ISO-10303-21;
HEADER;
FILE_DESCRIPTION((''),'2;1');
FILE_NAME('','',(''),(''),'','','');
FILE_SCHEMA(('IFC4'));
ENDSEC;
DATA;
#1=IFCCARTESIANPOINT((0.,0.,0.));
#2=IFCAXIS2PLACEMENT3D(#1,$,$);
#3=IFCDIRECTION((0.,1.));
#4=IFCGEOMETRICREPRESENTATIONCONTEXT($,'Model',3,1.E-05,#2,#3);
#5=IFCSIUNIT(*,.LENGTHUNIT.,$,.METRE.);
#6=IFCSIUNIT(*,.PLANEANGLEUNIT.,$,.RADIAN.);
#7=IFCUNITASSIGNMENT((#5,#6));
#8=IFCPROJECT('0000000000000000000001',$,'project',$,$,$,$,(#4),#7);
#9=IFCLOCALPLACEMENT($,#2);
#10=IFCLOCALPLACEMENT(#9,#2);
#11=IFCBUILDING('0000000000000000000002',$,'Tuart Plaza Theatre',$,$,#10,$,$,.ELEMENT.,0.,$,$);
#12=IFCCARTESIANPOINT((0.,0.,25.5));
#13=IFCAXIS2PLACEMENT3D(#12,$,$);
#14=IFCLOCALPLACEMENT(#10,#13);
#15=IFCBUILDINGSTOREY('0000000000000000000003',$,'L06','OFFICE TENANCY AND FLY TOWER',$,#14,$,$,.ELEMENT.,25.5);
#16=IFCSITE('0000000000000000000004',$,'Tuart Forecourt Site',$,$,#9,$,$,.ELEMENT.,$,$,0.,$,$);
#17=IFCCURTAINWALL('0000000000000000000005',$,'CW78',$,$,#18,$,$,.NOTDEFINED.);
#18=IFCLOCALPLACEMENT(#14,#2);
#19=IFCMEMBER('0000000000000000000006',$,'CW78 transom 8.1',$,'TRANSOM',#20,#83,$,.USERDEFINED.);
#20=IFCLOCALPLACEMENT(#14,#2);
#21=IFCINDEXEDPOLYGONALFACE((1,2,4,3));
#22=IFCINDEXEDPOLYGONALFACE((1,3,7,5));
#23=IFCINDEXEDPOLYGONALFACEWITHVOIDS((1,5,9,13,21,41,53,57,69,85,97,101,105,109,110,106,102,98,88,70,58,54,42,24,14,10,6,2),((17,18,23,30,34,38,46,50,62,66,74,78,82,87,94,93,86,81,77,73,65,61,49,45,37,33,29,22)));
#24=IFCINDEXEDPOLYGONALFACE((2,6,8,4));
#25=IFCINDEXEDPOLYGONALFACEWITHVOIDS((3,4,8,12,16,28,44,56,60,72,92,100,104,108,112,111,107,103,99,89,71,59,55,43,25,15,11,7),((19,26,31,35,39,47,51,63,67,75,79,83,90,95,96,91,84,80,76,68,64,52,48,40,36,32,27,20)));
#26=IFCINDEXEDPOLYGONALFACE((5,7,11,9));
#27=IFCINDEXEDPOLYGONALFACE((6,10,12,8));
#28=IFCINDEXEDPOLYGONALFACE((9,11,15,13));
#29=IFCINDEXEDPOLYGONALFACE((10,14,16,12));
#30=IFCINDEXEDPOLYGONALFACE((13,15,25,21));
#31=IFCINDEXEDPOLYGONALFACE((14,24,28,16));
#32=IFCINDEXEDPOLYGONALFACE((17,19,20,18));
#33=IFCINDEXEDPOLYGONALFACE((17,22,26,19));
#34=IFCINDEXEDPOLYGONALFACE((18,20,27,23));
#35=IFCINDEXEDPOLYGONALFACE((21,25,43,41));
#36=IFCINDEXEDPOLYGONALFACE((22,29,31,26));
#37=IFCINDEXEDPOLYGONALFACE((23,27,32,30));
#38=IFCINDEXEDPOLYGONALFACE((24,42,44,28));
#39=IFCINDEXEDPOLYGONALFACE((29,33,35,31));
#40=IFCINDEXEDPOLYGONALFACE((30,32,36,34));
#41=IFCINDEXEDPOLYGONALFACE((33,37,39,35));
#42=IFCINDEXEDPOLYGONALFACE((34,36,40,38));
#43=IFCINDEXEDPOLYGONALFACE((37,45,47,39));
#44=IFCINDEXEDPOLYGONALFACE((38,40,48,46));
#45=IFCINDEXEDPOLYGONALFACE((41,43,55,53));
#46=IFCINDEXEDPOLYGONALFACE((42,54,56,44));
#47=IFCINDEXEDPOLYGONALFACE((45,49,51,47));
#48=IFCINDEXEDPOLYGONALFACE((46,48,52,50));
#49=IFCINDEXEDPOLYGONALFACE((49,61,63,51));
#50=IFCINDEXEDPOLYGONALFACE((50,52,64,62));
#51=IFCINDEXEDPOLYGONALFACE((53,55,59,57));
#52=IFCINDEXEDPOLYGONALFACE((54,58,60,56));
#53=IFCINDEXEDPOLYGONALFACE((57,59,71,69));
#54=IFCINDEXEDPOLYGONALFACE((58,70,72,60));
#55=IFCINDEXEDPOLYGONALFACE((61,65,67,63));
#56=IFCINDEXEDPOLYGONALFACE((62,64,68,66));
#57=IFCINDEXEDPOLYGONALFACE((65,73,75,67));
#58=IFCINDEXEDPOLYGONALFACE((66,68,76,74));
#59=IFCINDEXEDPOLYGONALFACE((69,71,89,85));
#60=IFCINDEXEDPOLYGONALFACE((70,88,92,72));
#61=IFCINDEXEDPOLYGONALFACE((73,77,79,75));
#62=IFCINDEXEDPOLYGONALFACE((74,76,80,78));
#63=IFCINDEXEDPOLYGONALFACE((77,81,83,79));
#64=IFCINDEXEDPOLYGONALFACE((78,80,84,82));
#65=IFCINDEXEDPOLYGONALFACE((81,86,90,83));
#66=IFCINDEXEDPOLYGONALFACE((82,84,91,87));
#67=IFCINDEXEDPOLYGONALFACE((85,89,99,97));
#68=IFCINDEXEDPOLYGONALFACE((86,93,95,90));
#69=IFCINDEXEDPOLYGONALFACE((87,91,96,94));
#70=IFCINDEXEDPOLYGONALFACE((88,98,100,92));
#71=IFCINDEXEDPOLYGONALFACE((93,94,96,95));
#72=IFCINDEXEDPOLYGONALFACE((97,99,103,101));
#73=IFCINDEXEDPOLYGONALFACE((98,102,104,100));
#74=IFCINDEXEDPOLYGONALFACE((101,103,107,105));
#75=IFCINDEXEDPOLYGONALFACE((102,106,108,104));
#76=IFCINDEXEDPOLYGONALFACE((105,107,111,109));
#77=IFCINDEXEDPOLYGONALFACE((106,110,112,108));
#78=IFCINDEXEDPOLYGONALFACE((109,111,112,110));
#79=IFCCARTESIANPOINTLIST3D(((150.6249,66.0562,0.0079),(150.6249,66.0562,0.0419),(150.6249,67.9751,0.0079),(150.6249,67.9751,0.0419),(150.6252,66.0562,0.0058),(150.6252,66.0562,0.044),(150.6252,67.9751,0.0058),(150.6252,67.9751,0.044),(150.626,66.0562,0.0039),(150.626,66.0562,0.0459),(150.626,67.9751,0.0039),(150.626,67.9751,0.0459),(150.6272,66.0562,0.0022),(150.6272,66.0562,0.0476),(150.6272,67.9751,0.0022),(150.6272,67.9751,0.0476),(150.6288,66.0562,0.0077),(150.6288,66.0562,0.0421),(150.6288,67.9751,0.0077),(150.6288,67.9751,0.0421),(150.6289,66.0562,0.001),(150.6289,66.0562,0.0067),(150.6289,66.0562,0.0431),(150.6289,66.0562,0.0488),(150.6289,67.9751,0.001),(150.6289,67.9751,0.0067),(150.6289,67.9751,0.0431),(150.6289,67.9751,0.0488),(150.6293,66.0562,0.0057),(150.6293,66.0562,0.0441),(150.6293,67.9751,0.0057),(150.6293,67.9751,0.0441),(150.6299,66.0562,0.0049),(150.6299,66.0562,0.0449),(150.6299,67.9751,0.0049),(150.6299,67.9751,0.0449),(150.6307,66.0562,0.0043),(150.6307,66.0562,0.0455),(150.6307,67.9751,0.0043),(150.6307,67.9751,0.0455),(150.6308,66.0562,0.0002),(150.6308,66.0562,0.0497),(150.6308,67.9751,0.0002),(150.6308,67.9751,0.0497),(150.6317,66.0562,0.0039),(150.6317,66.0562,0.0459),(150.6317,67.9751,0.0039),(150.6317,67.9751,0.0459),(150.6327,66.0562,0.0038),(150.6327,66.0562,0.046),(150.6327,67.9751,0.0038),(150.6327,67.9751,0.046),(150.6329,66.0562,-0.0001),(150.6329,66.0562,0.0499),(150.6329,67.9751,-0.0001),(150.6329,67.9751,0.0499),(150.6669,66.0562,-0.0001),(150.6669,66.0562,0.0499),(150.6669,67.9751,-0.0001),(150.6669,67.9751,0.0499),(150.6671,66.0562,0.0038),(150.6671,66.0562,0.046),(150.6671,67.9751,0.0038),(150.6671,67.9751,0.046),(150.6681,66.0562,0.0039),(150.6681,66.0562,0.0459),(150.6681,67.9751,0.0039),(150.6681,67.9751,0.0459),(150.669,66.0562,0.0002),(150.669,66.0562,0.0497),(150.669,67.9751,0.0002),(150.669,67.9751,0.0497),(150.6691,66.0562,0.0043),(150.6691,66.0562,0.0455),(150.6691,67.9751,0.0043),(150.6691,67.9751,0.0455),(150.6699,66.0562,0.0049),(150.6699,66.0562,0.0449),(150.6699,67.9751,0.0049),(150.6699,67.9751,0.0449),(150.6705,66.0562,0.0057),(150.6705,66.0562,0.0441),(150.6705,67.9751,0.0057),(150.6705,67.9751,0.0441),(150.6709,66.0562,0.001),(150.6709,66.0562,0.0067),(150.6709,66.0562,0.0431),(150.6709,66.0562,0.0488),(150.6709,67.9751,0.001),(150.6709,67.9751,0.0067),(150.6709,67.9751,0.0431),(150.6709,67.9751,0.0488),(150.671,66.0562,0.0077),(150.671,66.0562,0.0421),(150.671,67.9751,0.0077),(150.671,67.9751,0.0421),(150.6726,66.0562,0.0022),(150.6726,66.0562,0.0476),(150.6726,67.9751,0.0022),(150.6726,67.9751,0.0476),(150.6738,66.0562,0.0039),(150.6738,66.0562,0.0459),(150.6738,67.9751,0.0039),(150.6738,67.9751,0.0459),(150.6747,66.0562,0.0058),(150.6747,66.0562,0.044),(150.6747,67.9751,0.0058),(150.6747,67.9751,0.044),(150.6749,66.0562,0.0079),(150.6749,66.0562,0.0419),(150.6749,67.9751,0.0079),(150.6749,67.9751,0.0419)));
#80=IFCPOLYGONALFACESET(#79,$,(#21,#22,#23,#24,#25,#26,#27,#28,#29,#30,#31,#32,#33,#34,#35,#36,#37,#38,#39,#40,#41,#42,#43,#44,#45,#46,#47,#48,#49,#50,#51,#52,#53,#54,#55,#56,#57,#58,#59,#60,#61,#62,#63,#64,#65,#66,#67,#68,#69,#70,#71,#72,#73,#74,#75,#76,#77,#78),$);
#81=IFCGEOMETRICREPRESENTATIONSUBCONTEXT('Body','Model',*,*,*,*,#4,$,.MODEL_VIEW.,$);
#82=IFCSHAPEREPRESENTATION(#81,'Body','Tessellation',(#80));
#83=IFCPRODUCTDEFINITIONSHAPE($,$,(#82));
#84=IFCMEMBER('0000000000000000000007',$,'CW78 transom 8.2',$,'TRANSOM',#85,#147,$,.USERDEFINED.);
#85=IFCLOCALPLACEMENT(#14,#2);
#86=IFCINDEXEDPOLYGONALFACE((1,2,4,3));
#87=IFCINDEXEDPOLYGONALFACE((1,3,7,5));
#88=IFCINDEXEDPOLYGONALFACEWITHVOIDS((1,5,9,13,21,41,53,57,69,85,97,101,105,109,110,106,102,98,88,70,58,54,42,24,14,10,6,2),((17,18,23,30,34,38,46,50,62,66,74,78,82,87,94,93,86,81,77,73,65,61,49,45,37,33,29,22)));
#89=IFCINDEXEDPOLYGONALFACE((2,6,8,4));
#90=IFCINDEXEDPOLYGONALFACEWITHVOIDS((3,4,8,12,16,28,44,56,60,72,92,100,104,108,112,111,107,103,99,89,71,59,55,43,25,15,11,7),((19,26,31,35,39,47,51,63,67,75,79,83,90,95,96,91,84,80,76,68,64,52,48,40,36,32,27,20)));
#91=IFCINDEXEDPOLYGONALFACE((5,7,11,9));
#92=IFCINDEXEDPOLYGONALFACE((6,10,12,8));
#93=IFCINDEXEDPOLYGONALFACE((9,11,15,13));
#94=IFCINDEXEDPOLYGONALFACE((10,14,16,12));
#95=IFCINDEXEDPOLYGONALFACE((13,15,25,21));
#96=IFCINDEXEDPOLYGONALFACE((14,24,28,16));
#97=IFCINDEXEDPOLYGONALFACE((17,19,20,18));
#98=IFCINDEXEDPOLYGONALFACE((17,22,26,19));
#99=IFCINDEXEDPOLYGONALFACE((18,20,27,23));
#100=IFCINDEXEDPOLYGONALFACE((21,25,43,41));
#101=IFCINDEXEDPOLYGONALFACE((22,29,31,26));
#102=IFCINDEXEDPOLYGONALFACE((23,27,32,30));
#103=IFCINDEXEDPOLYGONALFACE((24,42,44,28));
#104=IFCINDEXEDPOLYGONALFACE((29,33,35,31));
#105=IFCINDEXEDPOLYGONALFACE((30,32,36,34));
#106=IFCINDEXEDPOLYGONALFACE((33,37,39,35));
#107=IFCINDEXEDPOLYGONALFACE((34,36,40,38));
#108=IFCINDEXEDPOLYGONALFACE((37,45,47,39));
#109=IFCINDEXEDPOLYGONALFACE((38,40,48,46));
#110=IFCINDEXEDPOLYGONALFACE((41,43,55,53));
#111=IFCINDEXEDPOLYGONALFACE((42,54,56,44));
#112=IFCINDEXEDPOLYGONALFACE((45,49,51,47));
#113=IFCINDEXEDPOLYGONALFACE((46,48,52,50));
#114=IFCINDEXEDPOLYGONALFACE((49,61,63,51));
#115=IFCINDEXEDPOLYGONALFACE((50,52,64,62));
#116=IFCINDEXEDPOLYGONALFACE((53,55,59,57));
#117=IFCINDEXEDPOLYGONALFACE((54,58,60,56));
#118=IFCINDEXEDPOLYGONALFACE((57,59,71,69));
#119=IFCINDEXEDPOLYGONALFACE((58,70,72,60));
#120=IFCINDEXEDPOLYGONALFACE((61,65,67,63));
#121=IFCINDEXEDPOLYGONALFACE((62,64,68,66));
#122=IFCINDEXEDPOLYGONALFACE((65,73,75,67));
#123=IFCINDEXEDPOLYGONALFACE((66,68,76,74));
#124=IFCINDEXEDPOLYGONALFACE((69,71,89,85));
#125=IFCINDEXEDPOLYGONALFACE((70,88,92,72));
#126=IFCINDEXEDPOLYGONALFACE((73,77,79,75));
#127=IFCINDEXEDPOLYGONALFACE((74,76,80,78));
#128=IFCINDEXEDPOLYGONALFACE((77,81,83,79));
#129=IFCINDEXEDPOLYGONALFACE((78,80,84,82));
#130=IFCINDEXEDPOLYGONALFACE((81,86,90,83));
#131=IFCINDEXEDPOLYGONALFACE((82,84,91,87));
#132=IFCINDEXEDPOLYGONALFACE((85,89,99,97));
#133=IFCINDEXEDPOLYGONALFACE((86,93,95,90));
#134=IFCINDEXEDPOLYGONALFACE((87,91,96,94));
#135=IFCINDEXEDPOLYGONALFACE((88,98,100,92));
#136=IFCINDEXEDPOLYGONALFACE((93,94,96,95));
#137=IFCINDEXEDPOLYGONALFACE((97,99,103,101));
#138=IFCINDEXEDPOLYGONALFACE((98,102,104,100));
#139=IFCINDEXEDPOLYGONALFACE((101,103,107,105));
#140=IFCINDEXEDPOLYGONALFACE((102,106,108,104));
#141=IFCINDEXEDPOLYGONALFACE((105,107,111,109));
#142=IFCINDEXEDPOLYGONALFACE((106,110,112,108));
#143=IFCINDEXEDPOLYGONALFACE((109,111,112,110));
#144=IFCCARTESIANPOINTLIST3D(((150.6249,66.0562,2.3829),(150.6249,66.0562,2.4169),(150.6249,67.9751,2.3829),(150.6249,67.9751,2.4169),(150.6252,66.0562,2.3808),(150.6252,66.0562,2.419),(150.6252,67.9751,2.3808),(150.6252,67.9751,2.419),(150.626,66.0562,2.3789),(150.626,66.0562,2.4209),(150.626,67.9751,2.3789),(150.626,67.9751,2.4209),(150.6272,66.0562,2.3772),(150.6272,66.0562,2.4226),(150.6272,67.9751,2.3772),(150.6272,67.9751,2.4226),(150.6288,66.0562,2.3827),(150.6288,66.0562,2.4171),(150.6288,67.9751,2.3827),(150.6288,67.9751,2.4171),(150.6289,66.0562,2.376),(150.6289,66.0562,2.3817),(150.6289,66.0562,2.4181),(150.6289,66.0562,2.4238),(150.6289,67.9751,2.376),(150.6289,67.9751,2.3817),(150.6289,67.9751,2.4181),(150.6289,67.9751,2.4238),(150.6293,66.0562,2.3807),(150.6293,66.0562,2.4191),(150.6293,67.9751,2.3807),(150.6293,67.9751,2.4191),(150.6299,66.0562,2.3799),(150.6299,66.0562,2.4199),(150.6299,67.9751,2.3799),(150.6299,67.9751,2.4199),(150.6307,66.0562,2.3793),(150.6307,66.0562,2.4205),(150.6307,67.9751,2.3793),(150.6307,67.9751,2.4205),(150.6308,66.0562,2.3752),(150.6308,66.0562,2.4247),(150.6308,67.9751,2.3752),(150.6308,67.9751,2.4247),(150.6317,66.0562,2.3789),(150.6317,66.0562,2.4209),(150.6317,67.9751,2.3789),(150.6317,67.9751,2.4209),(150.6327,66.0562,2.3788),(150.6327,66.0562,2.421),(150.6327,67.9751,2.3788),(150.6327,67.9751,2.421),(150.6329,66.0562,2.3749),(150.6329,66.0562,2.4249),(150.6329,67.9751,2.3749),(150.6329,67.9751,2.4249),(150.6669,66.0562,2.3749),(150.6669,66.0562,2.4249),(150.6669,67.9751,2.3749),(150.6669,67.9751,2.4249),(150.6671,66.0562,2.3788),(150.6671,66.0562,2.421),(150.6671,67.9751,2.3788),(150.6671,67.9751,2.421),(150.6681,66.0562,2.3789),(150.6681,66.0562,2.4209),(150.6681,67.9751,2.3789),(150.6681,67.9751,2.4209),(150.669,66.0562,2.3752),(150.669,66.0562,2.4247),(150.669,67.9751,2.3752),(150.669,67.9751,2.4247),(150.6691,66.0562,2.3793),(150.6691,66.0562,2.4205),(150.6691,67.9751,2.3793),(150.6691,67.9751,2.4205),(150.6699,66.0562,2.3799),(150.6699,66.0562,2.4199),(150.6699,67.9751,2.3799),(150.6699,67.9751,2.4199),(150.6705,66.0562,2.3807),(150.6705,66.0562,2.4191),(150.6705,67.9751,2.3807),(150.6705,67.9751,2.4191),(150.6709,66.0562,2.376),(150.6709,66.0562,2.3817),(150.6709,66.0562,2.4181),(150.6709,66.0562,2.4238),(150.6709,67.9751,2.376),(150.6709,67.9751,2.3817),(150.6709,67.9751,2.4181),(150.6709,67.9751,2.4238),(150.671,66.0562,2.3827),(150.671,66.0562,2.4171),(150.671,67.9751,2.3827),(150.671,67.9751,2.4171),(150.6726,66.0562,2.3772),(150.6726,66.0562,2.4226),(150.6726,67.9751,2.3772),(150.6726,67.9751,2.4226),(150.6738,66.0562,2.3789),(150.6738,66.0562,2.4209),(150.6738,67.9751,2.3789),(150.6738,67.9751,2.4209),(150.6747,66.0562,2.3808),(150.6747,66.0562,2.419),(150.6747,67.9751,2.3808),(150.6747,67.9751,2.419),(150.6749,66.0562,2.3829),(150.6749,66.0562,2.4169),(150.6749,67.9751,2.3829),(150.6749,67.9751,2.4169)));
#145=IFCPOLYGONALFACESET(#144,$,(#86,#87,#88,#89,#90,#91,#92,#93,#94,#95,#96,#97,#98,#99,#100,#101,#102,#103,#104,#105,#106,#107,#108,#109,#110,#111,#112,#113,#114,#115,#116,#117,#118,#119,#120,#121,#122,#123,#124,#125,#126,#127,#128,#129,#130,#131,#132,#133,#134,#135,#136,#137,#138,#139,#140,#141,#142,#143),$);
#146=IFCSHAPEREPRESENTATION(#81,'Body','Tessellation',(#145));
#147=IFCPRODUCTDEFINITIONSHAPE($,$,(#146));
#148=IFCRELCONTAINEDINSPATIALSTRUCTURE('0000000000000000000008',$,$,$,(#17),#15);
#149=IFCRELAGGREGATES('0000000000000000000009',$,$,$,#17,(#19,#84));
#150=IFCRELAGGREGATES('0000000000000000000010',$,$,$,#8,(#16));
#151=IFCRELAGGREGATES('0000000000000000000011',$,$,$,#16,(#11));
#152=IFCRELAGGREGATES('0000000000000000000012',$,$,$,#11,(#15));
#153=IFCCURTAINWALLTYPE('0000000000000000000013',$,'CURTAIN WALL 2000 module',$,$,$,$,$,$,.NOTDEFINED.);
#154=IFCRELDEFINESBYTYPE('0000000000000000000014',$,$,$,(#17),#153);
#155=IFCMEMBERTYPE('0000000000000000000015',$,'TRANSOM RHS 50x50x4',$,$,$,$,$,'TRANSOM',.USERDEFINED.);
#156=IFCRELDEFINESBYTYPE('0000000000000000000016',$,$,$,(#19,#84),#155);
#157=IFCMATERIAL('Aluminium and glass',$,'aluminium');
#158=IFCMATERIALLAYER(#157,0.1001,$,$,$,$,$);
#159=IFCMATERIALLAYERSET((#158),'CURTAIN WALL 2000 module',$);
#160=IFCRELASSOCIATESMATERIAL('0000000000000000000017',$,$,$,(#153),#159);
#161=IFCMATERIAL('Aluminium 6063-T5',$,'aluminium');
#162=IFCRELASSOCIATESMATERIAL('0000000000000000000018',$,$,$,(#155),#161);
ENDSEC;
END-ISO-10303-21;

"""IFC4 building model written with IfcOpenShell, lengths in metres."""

from ifc_helpers import new_model, si_unit, direction, frame, origin, origin_2d, place, context, subcontext, project, spatial, hollow_rectangle, extrude, material, layer, layer_set, material_profile, profile_set, type_object, element, aggregate, save


model = new_model("IFC4")

# Units and contexts
model_context = context("Model", 3, precision=1e-05, world=origin(), true_north=direction((0.0, 1.0)))
body_context = subcontext(model_context, "Body", "Model", "MODEL_VIEW")
ifc_project = project(units=[si_unit("LENGTHUNIT", "METRE"), si_unit("PLANEANGLEUNIT", "RADIAN")], contexts=[model_context])

# Site, building, storey
site_placement = place(None, origin())
site = spatial("IfcSite", under=ifc_project, at=site_placement, Name="Tuart Forecourt Site", CompositionType="ELEMENT", RefElevation=0.0)
building_placement = place(site_placement, origin())
building = spatial("IfcBuilding", under=site, at=building_placement, Name="Tuart Plaza Theatre", CompositionType="ELEMENT", ElevationOfRefHeight=0.0)
storey_placement = place(building_placement, frame((0.0, 0.0, 25.5)))
storey = spatial("IfcBuildingStorey", under=building, at=storey_placement, Name="L06", Description="OFFICE TENANCY AND FLY TOWER", CompositionType="ELEMENT", Elevation=25.5)

# Curtain wall, members
ifc_material_1 = material(Name="Aluminium and glass", Category="aluminium")
ifc_layer_1 = layer(ifc_material_1, 0.1001)
ifc_layer_set_1 = layer_set([ifc_layer_1], Name="CURTAIN WALL 2000 module")
curtain_wall_type = type_object("IfcCurtainWallType", Name="CURTAIN WALL 2000 module", PredefinedType="NOTDEFINED", material=ifc_layer_set_1)
curtain_wall_placement = place(storey_placement, origin())
curtain_wall = element("IfcCurtainWall", 1, at=curtain_wall_placement, inside=storey, type_object=curtain_wall_type, Name="CW78", PredefinedType="NOTDEFINED")
ifc_material_2 = material(Name="Aluminium 6063-T5", Category="aluminium")
ifc_material_profile_1 = material_profile(ifc_material_2, hollow_rectangle(XDim=0.05, YDim=0.05, WallThickness=0.0039, InnerFilletRadius=0.0039, OuterFilletRadius=0.0081, at=origin_2d()), Name="RHS 50x50x4")
ifc_profile_set_1 = profile_set([ifc_material_profile_1], Name="Aluminium 6063-T5")
member_type_1 = type_object("IfcMemberType", Name="TRANSOM RHS 50x50x4", ElementType="TRANSOM", PredefinedType="USERDEFINED", material=ifc_profile_set_1)
member_1_placement = place(storey_placement, frame((150.6499, 66.0562, 0.0249), z_axis=(0.0, 1.0, 0.0), x_axis=(-1.0, 0.0, 0.0)))
member_1 = element("IfcMember", 2, at=member_1_placement, type_object=member_type_1, Name="CW78 transom 8.1", ObjectType="TRANSOM", PredefinedType="USERDEFINED", context=body_context, shape_type="SweptSolid", body=[
    extrude(hollow_rectangle(XDim=0.05, YDim=0.05, WallThickness=0.0039, InnerFilletRadius=0.0039, OuterFilletRadius=0.0081, at=origin_2d()), origin(), (0.0, 0.0, 1.0), 1.9189),
])
member_2_placement = place(storey_placement, frame((150.6499, 66.0562, 2.3999), z_axis=(0.0, 1.0, 0.0), x_axis=(-1.0, 0.0, 0.0)))
member_2 = element("IfcMember", 3, at=member_2_placement, type_object=member_type_1, Name="CW78 transom 8.2", ObjectType="TRANSOM", PredefinedType="USERDEFINED", context=body_context, shape_type="SweptSolid", body=[
    extrude(hollow_rectangle(XDim=0.05, YDim=0.05, WallThickness=0.0039, InnerFilletRadius=0.0039, OuterFilletRadius=0.0081, at=origin_2d()), origin(), (0.0, 0.0, 1.0), 1.9189),
])
aggregate(curtain_wall, [member_1, member_2])

save(model, "model.ifc")
